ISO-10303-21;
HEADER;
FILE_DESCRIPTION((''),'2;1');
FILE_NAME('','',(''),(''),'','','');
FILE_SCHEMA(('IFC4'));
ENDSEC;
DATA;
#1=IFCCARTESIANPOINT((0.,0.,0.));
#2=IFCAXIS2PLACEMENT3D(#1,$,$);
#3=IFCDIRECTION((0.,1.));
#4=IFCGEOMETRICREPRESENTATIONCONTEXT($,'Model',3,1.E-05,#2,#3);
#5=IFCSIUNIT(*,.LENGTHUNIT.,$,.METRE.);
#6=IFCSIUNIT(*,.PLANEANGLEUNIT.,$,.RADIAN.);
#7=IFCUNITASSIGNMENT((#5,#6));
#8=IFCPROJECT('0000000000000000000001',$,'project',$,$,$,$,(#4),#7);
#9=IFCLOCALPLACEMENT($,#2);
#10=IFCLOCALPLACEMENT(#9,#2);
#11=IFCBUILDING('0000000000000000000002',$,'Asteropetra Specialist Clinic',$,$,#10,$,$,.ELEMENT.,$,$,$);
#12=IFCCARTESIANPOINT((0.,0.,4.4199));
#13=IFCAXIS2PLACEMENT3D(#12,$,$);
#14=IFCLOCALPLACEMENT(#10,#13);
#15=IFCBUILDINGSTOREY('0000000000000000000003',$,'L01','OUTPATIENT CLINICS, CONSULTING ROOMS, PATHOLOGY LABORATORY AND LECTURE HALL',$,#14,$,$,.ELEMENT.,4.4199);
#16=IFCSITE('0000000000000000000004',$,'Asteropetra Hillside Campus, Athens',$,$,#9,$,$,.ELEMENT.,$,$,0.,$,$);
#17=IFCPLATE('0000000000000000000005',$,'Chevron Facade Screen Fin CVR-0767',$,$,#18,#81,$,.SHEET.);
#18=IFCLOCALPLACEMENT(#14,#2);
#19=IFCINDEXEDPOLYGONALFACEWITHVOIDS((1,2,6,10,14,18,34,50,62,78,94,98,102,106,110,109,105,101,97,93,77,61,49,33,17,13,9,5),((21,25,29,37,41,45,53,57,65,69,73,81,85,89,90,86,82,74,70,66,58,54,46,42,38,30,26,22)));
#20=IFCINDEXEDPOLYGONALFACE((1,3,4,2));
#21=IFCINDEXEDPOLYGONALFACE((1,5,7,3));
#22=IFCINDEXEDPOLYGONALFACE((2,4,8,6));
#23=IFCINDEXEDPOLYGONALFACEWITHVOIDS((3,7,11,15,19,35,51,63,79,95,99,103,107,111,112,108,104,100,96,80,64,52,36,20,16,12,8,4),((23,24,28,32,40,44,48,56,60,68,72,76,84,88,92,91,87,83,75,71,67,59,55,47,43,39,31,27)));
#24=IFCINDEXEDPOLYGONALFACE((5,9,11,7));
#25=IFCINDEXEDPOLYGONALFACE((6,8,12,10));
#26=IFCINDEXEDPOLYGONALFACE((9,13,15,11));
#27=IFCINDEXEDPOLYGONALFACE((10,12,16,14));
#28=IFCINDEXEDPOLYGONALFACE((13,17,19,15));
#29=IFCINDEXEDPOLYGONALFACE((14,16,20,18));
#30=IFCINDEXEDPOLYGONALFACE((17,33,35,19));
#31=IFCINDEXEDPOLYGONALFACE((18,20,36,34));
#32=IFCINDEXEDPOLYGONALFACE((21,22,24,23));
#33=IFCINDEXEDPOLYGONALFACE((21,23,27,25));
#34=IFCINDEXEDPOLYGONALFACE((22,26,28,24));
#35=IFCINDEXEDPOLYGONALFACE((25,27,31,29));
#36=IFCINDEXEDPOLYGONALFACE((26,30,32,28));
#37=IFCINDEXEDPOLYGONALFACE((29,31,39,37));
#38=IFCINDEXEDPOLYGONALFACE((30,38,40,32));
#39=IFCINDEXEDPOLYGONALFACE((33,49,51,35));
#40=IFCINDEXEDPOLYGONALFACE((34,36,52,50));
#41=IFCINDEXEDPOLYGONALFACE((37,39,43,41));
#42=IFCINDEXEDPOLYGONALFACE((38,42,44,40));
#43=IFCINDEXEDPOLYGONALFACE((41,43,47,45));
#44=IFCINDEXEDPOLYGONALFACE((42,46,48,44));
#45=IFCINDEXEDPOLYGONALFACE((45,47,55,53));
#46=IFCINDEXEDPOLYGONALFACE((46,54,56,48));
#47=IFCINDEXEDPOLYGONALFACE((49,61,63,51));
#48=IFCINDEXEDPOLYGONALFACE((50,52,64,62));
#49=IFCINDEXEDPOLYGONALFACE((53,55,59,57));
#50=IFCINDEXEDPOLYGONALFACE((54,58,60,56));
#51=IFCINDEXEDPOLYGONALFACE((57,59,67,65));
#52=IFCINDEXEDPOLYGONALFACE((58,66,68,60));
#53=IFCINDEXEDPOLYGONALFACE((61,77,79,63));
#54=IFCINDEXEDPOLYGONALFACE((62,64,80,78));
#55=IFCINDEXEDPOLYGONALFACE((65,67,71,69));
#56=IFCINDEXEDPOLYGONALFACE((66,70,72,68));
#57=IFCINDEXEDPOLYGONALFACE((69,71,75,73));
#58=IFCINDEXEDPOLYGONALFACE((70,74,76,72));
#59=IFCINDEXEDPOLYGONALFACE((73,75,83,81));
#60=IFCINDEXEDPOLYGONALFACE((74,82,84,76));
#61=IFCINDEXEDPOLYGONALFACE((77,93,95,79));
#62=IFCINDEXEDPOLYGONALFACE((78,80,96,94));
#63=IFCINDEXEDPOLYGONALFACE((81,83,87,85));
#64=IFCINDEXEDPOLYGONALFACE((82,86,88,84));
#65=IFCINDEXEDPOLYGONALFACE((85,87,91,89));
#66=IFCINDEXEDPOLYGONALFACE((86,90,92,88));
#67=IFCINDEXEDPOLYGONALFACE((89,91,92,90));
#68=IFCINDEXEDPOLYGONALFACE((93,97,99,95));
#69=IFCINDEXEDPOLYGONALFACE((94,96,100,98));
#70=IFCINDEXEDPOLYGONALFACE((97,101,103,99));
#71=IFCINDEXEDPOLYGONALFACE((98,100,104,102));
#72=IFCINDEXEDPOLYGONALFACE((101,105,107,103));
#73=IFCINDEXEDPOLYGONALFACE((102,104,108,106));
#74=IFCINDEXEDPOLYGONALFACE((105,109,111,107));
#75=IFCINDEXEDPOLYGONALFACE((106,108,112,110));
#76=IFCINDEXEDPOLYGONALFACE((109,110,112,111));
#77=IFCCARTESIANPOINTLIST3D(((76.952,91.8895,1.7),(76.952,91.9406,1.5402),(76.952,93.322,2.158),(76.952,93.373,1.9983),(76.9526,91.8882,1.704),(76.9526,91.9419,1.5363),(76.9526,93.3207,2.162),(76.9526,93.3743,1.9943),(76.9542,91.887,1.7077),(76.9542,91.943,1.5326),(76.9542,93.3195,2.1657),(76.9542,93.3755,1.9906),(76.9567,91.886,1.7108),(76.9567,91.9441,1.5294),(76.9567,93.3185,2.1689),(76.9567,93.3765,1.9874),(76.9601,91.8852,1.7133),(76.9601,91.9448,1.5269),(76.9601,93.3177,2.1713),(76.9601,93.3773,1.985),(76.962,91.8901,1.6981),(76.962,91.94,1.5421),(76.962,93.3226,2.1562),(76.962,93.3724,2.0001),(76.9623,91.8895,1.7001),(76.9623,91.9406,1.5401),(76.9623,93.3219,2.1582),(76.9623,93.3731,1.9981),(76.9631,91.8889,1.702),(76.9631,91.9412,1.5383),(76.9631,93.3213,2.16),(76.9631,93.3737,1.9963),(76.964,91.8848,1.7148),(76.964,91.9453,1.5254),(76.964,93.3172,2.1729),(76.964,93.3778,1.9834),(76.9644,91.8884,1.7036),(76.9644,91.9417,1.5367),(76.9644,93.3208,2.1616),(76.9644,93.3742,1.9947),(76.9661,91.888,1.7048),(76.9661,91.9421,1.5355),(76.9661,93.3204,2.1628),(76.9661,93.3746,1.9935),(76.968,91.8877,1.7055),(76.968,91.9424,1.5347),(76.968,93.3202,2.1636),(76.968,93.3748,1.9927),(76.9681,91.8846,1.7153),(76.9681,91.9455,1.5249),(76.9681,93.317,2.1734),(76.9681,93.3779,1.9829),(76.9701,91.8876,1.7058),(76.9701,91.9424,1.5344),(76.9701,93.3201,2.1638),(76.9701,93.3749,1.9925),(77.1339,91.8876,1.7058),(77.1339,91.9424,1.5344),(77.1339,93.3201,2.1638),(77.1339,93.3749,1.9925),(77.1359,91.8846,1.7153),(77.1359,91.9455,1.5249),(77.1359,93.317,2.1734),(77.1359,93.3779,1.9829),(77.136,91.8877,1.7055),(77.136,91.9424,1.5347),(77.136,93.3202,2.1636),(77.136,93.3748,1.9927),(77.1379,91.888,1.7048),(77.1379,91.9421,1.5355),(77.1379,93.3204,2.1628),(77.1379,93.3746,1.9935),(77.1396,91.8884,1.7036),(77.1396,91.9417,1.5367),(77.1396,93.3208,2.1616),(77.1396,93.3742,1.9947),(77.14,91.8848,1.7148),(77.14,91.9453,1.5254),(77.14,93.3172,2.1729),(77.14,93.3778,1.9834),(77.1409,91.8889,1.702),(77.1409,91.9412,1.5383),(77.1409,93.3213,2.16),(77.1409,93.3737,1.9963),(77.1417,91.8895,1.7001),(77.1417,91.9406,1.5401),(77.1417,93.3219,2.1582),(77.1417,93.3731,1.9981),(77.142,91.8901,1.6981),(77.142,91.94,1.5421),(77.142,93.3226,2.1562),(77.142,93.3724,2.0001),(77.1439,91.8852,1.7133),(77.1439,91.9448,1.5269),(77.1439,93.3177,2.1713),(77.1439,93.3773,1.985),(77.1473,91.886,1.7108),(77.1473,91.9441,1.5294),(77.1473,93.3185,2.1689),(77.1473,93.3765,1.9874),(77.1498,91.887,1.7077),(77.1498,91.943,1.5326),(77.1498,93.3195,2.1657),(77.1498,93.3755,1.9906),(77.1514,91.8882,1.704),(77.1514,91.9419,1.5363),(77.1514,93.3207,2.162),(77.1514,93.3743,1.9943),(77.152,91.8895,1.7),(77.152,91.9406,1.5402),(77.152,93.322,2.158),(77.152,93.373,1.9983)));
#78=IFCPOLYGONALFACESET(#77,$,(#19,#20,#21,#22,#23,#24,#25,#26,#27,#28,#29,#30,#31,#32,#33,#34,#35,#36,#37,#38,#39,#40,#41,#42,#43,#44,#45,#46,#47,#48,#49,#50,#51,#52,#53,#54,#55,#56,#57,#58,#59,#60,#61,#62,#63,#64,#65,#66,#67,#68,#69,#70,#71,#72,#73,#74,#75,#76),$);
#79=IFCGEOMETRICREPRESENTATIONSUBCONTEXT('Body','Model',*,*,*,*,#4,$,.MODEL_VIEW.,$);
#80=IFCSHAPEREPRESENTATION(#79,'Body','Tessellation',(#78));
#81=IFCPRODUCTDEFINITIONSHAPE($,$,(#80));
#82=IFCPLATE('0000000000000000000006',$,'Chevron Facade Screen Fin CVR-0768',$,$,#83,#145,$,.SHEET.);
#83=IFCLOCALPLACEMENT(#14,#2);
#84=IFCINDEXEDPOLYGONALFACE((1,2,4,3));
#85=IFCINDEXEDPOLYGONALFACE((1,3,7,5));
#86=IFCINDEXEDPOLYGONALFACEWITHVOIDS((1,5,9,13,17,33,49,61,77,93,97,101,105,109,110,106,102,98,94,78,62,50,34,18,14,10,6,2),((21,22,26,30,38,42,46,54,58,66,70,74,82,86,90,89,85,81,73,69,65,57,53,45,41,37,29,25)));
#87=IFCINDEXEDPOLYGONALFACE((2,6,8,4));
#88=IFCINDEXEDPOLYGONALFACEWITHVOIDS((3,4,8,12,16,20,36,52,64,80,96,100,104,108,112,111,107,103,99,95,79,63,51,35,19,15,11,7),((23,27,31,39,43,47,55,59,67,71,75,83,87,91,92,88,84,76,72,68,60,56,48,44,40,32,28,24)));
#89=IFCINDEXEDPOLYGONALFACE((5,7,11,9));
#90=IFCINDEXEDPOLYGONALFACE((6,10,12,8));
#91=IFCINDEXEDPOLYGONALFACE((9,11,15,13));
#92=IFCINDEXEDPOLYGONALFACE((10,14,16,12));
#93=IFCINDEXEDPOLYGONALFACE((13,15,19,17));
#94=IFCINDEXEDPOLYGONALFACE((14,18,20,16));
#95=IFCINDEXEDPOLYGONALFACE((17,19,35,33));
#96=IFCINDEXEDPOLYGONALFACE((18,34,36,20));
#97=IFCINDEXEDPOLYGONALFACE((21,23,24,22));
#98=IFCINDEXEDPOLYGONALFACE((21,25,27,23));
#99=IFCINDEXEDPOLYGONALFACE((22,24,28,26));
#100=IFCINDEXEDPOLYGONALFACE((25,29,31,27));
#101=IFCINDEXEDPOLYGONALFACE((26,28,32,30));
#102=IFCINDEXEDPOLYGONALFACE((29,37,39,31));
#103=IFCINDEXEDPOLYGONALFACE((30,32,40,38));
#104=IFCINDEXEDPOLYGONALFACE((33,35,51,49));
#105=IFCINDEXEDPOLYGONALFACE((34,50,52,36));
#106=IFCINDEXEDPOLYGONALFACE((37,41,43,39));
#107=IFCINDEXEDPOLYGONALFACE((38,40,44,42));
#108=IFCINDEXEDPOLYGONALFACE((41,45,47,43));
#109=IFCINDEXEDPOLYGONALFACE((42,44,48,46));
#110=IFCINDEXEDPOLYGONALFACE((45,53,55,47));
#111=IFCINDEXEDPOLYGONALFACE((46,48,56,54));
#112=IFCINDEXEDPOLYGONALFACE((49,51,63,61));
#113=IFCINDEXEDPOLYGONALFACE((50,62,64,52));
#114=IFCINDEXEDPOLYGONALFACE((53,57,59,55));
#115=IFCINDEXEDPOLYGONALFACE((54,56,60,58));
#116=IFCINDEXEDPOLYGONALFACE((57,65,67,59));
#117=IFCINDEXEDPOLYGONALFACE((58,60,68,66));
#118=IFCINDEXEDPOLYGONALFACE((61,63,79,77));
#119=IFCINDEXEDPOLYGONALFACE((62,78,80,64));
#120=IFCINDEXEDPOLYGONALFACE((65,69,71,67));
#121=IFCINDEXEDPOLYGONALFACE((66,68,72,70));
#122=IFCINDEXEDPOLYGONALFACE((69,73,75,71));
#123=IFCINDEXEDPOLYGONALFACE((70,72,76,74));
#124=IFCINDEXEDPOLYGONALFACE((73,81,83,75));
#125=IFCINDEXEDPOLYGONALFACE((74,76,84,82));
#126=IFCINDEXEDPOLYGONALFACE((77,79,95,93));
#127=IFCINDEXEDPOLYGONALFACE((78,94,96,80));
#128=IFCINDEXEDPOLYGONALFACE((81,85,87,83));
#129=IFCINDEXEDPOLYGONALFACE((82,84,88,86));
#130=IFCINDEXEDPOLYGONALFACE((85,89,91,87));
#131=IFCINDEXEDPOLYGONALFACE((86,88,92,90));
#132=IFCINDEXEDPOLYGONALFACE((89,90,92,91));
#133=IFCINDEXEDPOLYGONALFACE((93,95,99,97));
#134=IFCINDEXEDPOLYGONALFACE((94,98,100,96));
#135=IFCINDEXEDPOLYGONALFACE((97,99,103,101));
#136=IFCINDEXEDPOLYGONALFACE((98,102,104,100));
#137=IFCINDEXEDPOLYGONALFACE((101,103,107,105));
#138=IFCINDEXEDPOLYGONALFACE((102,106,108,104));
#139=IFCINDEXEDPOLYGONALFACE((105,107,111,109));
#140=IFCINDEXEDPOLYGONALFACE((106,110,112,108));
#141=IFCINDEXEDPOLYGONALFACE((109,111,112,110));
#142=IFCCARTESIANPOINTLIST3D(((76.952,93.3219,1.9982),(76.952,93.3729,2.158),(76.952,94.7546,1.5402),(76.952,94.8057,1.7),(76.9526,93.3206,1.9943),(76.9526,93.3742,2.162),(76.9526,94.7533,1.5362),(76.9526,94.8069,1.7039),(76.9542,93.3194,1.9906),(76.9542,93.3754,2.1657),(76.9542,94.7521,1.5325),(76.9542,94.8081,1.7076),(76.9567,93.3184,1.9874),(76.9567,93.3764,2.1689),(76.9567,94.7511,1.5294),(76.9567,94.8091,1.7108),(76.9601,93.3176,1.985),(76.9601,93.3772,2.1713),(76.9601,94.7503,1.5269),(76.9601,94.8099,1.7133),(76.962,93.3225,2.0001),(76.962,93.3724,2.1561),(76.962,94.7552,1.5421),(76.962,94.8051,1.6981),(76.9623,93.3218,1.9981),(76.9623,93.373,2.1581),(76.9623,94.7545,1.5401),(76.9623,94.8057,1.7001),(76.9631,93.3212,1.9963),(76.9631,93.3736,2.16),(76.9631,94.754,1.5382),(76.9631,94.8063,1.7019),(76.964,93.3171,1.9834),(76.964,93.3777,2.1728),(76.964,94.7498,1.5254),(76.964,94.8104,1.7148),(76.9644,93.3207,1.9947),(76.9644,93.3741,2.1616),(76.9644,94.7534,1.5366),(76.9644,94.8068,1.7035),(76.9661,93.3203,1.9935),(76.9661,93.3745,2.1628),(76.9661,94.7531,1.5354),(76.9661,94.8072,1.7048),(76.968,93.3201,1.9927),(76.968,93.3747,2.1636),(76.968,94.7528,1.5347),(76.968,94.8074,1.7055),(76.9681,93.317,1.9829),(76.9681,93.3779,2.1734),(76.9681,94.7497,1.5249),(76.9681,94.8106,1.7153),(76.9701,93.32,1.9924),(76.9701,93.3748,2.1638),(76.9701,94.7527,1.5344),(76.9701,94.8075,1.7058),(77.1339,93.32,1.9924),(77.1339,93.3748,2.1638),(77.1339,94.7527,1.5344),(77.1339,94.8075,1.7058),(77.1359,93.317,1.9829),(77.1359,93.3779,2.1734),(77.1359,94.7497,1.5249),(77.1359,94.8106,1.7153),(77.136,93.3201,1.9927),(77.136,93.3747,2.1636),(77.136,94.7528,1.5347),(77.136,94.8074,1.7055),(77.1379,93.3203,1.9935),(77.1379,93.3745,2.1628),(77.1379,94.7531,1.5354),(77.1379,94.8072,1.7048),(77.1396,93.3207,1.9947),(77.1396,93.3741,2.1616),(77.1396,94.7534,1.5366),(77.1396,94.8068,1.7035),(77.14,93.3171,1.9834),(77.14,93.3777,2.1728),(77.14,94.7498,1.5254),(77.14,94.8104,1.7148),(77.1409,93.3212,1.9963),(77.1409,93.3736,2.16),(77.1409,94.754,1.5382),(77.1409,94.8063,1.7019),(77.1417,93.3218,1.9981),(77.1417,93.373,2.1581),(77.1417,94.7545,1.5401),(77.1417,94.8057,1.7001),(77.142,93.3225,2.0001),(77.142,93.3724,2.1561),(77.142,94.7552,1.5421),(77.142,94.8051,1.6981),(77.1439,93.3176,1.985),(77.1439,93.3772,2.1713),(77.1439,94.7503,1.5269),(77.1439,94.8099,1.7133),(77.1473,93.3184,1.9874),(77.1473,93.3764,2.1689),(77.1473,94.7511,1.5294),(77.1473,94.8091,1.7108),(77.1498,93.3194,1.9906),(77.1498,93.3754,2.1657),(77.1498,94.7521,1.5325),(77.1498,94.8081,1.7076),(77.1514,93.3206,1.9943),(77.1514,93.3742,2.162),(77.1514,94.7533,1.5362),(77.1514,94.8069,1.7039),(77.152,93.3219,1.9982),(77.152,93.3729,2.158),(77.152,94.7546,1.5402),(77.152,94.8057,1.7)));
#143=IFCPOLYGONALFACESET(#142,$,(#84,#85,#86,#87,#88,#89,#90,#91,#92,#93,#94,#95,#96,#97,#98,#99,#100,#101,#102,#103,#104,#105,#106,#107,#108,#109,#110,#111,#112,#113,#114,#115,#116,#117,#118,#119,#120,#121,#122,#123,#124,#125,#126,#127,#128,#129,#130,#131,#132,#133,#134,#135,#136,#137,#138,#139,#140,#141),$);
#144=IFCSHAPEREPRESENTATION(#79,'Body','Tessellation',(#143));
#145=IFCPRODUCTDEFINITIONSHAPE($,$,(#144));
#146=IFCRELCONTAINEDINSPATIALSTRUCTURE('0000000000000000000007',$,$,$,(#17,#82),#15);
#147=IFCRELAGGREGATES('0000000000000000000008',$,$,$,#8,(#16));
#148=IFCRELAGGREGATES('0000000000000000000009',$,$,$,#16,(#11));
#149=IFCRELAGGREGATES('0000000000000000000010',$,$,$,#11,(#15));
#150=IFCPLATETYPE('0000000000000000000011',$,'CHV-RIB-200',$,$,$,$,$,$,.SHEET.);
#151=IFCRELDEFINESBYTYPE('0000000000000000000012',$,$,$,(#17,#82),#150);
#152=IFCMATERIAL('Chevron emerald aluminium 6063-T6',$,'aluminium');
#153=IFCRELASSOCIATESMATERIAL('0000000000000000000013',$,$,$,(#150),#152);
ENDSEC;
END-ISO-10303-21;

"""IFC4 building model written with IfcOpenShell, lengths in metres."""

from ifc_helpers import new_model, si_unit, direction, frame, origin, origin_2d, place, context, subcontext, project, spatial, hollow_rectangle, extrude, material, material_profile, profile_set, type_object, element, save


model = new_model("IFC4")

# Units and contexts
model_context = context("Model", 3, precision=1e-05, world=origin(), true_north=direction((0.0, 1.0)))
body_context = subcontext(model_context, "Body", "Model", "MODEL_VIEW")
ifc_project = project(units=[si_unit("LENGTHUNIT", "METRE"), si_unit("PLANEANGLEUNIT", "RADIAN")], contexts=[model_context])

# Site, building, storey
site_placement = place(None, origin())
site = spatial("IfcSite", under=ifc_project, at=site_placement, Name="Asteropetra Hillside Campus, Athens", CompositionType="ELEMENT", RefElevation=0.0)
building_placement = place(site_placement, origin())
building = spatial("IfcBuilding", under=site, at=building_placement, Name="Asteropetra Specialist Clinic", CompositionType="ELEMENT")
storey_placement = place(building_placement, frame((0.0, 0.0, 4.4199)))
storey = spatial("IfcBuildingStorey", under=building, at=storey_placement, Name="L01", Description="OUTPATIENT CLINICS, CONSULTING ROOMS, PATHOLOGY LABORATORY AND LECTURE HALL", CompositionType="ELEMENT", Elevation=4.4199)

# Plates
ifc_material_1 = material(Name="Chevron emerald aluminium 6063-T6", Category="aluminium")
ifc_material_profile = material_profile(ifc_material_1, hollow_rectangle(XDim=0.2, YDim=0.2, WallThickness=0.01, InnerFilletRadius=0.0081, OuterFilletRadius=0.0161, at=origin_2d()), Name="SHS 200x200x10.0")
ifc_profile_set = profile_set([ifc_material_profile], Name="Chevron emerald aluminium 6063-T6")
plate_type_1 = type_object("IfcPlateType", Name="CHV-RIB-200", PredefinedType="SHEET", material=ifc_profile_set)
plate_1_placement = place(storey_placement, frame((77.052, 91.915, 1.6201), z_axis=(0.0, 0.952492, 0.304564), x_axis=(-1.0, 0.0, 0.0)))
element("IfcPlate", 1, at=plate_1_placement, inside=storey, type_object=plate_type_1, Name="Chevron Facade Screen Fin CVR-0767", PredefinedType="SHEET", context=body_context, shape_type="SweptSolid", body=[
    extrude(hollow_rectangle(XDim=0.2, YDim=0.2, WallThickness=0.01, InnerFilletRadius=0.0081, OuterFilletRadius=0.0161, at=origin_2d()), origin(), (0.0, 0.0, 1.0), 1.5039),
])
plate_2_placement = place(storey_placement, frame((77.052, 93.3474, 2.0781), z_axis=(0.0, 0.952507, -0.304517), x_axis=(-1.0, 0.0, 0.0)))
element("IfcPlate", 2, at=plate_2_placement, inside=storey, type_object=plate_type_1, Name="Chevron Facade Screen Fin CVR-0768", PredefinedType="SHEET", context=body_context, shape_type="SweptSolid", body=[
    extrude(hollow_rectangle(XDim=0.2, YDim=0.2, WallThickness=0.01, InnerFilletRadius=0.0081, OuterFilletRadius=0.0161, at=origin_2d()), origin(), (0.0, 0.0, 1.0), 1.5042),
])

save(model, "model.ifc")
